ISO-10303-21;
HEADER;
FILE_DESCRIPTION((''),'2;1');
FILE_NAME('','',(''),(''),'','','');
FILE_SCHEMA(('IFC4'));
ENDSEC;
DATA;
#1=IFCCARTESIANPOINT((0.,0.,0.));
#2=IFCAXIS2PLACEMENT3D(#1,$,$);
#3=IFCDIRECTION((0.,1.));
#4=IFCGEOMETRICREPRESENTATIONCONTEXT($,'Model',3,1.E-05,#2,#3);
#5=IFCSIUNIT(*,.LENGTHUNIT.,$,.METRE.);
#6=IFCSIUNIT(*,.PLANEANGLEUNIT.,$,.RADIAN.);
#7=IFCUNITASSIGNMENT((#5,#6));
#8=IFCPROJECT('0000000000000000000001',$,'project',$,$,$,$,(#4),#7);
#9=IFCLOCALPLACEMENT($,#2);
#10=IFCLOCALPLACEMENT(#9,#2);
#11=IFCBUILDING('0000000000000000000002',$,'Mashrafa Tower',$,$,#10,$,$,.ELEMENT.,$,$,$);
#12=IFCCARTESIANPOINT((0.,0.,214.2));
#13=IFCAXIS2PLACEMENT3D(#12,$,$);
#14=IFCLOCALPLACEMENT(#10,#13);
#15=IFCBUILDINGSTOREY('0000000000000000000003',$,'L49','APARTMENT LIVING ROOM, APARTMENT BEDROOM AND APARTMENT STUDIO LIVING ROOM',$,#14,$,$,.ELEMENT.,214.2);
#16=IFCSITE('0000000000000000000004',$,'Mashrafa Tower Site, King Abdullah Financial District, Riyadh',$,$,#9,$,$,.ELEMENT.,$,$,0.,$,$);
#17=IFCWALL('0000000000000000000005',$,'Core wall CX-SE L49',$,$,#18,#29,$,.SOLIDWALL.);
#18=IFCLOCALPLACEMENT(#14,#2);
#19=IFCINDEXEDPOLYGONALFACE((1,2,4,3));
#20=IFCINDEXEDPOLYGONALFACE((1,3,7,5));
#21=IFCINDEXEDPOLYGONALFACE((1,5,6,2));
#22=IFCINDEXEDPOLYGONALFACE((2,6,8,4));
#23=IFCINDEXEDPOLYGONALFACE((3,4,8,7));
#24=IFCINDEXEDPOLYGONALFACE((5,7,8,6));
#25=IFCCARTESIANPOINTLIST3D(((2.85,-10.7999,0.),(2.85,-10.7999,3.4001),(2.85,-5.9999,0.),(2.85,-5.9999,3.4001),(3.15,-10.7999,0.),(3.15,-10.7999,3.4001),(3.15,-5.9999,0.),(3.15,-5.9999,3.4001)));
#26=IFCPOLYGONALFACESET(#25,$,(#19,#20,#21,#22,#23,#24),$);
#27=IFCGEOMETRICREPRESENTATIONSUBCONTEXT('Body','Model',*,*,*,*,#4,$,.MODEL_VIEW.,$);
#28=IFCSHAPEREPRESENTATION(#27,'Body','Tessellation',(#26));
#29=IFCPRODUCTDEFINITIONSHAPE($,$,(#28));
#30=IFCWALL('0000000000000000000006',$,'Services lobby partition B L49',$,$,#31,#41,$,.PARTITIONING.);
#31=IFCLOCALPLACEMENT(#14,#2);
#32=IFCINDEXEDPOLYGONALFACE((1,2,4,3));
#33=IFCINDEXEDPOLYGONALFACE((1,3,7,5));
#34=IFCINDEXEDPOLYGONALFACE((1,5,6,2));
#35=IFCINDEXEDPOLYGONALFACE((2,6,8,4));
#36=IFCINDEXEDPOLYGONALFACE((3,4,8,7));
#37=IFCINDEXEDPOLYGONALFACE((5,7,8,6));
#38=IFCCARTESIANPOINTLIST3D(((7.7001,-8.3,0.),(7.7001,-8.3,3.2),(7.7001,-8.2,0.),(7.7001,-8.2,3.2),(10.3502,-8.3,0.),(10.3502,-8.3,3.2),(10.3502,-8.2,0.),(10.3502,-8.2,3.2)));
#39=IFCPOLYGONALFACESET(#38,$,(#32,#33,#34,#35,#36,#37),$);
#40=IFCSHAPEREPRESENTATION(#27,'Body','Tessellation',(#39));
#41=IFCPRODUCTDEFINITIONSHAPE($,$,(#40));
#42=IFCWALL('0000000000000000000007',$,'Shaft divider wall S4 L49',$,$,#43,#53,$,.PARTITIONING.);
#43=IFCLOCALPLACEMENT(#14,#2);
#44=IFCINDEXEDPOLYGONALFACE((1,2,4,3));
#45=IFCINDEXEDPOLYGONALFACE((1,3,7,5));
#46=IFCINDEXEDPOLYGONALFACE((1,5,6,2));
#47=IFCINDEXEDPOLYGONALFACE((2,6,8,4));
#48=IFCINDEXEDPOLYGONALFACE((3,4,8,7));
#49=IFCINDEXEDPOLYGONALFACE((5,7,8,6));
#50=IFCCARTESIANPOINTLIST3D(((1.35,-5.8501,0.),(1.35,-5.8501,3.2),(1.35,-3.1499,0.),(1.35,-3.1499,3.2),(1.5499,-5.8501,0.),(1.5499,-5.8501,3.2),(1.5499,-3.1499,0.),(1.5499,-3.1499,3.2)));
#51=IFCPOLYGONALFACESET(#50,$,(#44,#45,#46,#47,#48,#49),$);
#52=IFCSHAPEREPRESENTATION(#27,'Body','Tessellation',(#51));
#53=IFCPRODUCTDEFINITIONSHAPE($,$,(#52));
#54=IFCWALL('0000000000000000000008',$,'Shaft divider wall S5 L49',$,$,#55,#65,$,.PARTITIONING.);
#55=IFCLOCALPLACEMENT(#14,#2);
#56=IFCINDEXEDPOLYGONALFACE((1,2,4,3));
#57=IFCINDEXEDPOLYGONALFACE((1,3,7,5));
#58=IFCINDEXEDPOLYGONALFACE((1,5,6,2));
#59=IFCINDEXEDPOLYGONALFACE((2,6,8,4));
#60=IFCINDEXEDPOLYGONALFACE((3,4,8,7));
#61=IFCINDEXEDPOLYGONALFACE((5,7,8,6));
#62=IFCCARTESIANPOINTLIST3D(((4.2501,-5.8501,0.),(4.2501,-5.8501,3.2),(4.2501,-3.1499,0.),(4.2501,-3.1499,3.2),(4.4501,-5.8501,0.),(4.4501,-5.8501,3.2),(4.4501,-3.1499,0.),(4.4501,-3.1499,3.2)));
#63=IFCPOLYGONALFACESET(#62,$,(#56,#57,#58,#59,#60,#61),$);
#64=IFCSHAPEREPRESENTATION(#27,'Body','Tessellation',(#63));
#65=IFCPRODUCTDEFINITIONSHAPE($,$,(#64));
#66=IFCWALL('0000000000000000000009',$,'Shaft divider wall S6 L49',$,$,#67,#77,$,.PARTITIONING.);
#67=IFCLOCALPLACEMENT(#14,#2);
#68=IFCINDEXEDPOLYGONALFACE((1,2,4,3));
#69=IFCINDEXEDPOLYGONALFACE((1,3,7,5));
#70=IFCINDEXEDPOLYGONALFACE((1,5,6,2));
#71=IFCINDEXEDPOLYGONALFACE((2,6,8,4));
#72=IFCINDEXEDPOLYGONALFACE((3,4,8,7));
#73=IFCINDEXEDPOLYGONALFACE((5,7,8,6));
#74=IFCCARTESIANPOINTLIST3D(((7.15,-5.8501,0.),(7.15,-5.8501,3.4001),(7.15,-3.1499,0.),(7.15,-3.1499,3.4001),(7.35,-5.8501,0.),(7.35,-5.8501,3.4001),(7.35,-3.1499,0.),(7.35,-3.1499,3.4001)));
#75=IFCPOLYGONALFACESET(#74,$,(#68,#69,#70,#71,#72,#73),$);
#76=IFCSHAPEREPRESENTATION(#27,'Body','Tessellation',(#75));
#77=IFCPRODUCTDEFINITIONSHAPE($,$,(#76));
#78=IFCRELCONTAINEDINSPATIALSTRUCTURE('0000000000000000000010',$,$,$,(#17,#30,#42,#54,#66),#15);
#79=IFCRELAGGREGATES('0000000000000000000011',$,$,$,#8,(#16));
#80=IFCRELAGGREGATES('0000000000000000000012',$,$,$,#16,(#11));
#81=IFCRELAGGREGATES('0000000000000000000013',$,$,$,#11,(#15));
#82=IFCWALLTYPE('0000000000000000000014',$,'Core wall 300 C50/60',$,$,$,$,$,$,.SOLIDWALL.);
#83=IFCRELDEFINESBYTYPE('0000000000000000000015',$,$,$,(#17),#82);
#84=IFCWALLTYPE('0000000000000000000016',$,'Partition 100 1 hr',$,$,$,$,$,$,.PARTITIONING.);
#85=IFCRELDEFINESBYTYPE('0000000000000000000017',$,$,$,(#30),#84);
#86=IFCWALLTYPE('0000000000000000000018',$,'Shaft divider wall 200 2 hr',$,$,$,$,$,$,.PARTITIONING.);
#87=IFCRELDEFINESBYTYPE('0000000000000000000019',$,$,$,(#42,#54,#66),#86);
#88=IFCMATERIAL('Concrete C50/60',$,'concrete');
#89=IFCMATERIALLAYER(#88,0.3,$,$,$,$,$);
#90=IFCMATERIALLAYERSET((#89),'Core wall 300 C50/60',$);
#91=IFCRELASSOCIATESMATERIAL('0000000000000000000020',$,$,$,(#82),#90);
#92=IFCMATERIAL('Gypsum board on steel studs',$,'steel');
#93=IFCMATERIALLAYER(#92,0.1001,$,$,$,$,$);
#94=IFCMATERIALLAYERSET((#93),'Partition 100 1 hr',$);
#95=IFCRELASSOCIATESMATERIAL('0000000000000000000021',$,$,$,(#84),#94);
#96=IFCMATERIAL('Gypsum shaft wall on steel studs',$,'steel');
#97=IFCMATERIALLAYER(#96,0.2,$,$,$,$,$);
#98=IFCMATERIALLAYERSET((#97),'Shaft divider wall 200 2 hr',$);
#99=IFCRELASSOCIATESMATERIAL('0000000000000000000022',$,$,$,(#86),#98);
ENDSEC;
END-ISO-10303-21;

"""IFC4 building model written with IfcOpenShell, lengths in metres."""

from ifc_helpers import new_model, si_unit, direction, frame, frame_2d, origin, place, context, subcontext, project, spatial, rectangle, extrude, material, layer, layer_set, type_object, element, save


model = new_model("IFC4")

# Units and contexts
model_context = context("Model", 3, precision=1e-05, world=origin(), true_north=direction((0.0, 1.0)))
body_context = subcontext(model_context, "Body", "Model", "MODEL_VIEW")
ifc_project = project(units=[si_unit("LENGTHUNIT", "METRE"), si_unit("PLANEANGLEUNIT", "RADIAN")], contexts=[model_context])

# Site, building, storey
site_placement = place(None, origin())
site = spatial("IfcSite", under=ifc_project, at=site_placement, Name="Mashrafa Tower Site, King Abdullah Financial District, Riyadh", CompositionType="ELEMENT", RefElevation=0.0)
building_placement = place(site_placement, origin())
building = spatial("IfcBuilding", under=site, at=building_placement, Name="Mashrafa Tower", CompositionType="ELEMENT")
storey_placement = place(building_placement, frame((0.0, 0.0, 214.2)))
storey = spatial("IfcBuildingStorey", under=building, at=storey_placement, Name="L49", Description="APARTMENT LIVING ROOM, APARTMENT BEDROOM AND APARTMENT STUDIO LIVING ROOM", CompositionType="ELEMENT", Elevation=214.2)

# Walls
ifc_material_1 = material(Name="Concrete C50/60", Category="concrete")
ifc_layer_1 = layer(ifc_material_1, 0.3)
ifc_layer_set_1 = layer_set([ifc_layer_1], Name="Core wall 300 C50/60")
wall_type_1 = type_object("IfcWallType", Name="Core wall 300 C50/60", PredefinedType="SOLIDWALL", material=ifc_layer_set_1)
wall_1_placement = place(storey_placement, frame((3.0, -6.0, 0.0), z_axis=(0.0, 0.0, 1.0), x_axis=(0.0, -1.0, 0.0)))
element("IfcWall", 1, at=wall_1_placement, inside=storey, type_object=wall_type_1, Name="Core wall CX-SE L49", PredefinedType="SOLIDWALL", context=body_context, shape_type="SweptSolid", body=[
    extrude(rectangle(XDim=4.8, YDim=0.3, at=frame_2d((2.3999, 0.0))), origin(), (0.0, 0.0, 1.0), 3.4001),
])
ifc_material_2 = material(Name="Gypsum board on steel studs", Category="steel")
ifc_layer_2 = layer(ifc_material_2, 0.1001)
ifc_layer_set_2 = layer_set([ifc_layer_2], Name="Partition 100 1 hr")
wall_type_2 = type_object("IfcWallType", Name="Partition 100 1 hr", PredefinedType="PARTITIONING", material=ifc_layer_set_2)
wall_2_placement = place(storey_placement, frame((7.7, -8.25, 0.0), z_axis=(0.0, 0.0, 1.0), x_axis=(1.0, 0.0, 0.0)))
element("IfcWall", 2, at=wall_2_placement, inside=storey, type_object=wall_type_2, Name="Services lobby partition B L49", PredefinedType="PARTITIONING", context=body_context, shape_type="SweptSolid", body=[
    extrude(rectangle(XDim=2.6501, YDim=0.1001, at=frame_2d((1.3252, 0.0))), origin(), (0.0, 0.0, 1.0), 3.2),
])
ifc_material_3 = material(Name="Gypsum shaft wall on steel studs", Category="steel")
ifc_layer_3 = layer(ifc_material_3, 0.2)
ifc_layer_set_3 = layer_set([ifc_layer_3], Name="Shaft divider wall 200 2 hr")
wall_type_3 = type_object("IfcWallType", Name="Shaft divider wall 200 2 hr", PredefinedType="PARTITIONING", material=ifc_layer_set_3)
for number, where, z_axis, x_axis, name in (
    (3, (1.45, -5.8501, 0.0), (0.0, 0.0, 1.0), (0.0, 1.0, 0.0), "Shaft divider wall S4 L49"),
    (4, (4.3501, -5.8501, 0.0), (0.0, 0.0, 1.0), (0.0, 1.0, 0.0), "Shaft divider wall S5 L49"),
):
    element("IfcWall", number, at=place(storey_placement, frame(where, z_axis=z_axis, x_axis=x_axis)), inside=storey, type_object=wall_type_3, Name=name, PredefinedType="PARTITIONING", context=body_context, shape_type="SweptSolid", body=[
        extrude(rectangle(XDim=2.7002, YDim=0.2, at=frame_2d((1.3501, 0.0))), origin(), (0.0, 0.0, 1.0), 3.2),
    ])
wall_3_placement = place(storey_placement, frame((7.25, -5.8501, 0.0), z_axis=(0.0, 0.0, 1.0), x_axis=(0.0, 1.0, 0.0)))
element("IfcWall", 5, at=wall_3_placement, inside=storey, type_object=wall_type_3, Name="Shaft divider wall S6 L49", PredefinedType="PARTITIONING", context=body_context, shape_type="SweptSolid", body=[
    extrude(rectangle(XDim=2.7002, YDim=0.2, at=frame_2d((1.3501, 0.0))), origin(), (0.0, 0.0, 1.0), 3.4001),
])

save(model, "model.ifc")
